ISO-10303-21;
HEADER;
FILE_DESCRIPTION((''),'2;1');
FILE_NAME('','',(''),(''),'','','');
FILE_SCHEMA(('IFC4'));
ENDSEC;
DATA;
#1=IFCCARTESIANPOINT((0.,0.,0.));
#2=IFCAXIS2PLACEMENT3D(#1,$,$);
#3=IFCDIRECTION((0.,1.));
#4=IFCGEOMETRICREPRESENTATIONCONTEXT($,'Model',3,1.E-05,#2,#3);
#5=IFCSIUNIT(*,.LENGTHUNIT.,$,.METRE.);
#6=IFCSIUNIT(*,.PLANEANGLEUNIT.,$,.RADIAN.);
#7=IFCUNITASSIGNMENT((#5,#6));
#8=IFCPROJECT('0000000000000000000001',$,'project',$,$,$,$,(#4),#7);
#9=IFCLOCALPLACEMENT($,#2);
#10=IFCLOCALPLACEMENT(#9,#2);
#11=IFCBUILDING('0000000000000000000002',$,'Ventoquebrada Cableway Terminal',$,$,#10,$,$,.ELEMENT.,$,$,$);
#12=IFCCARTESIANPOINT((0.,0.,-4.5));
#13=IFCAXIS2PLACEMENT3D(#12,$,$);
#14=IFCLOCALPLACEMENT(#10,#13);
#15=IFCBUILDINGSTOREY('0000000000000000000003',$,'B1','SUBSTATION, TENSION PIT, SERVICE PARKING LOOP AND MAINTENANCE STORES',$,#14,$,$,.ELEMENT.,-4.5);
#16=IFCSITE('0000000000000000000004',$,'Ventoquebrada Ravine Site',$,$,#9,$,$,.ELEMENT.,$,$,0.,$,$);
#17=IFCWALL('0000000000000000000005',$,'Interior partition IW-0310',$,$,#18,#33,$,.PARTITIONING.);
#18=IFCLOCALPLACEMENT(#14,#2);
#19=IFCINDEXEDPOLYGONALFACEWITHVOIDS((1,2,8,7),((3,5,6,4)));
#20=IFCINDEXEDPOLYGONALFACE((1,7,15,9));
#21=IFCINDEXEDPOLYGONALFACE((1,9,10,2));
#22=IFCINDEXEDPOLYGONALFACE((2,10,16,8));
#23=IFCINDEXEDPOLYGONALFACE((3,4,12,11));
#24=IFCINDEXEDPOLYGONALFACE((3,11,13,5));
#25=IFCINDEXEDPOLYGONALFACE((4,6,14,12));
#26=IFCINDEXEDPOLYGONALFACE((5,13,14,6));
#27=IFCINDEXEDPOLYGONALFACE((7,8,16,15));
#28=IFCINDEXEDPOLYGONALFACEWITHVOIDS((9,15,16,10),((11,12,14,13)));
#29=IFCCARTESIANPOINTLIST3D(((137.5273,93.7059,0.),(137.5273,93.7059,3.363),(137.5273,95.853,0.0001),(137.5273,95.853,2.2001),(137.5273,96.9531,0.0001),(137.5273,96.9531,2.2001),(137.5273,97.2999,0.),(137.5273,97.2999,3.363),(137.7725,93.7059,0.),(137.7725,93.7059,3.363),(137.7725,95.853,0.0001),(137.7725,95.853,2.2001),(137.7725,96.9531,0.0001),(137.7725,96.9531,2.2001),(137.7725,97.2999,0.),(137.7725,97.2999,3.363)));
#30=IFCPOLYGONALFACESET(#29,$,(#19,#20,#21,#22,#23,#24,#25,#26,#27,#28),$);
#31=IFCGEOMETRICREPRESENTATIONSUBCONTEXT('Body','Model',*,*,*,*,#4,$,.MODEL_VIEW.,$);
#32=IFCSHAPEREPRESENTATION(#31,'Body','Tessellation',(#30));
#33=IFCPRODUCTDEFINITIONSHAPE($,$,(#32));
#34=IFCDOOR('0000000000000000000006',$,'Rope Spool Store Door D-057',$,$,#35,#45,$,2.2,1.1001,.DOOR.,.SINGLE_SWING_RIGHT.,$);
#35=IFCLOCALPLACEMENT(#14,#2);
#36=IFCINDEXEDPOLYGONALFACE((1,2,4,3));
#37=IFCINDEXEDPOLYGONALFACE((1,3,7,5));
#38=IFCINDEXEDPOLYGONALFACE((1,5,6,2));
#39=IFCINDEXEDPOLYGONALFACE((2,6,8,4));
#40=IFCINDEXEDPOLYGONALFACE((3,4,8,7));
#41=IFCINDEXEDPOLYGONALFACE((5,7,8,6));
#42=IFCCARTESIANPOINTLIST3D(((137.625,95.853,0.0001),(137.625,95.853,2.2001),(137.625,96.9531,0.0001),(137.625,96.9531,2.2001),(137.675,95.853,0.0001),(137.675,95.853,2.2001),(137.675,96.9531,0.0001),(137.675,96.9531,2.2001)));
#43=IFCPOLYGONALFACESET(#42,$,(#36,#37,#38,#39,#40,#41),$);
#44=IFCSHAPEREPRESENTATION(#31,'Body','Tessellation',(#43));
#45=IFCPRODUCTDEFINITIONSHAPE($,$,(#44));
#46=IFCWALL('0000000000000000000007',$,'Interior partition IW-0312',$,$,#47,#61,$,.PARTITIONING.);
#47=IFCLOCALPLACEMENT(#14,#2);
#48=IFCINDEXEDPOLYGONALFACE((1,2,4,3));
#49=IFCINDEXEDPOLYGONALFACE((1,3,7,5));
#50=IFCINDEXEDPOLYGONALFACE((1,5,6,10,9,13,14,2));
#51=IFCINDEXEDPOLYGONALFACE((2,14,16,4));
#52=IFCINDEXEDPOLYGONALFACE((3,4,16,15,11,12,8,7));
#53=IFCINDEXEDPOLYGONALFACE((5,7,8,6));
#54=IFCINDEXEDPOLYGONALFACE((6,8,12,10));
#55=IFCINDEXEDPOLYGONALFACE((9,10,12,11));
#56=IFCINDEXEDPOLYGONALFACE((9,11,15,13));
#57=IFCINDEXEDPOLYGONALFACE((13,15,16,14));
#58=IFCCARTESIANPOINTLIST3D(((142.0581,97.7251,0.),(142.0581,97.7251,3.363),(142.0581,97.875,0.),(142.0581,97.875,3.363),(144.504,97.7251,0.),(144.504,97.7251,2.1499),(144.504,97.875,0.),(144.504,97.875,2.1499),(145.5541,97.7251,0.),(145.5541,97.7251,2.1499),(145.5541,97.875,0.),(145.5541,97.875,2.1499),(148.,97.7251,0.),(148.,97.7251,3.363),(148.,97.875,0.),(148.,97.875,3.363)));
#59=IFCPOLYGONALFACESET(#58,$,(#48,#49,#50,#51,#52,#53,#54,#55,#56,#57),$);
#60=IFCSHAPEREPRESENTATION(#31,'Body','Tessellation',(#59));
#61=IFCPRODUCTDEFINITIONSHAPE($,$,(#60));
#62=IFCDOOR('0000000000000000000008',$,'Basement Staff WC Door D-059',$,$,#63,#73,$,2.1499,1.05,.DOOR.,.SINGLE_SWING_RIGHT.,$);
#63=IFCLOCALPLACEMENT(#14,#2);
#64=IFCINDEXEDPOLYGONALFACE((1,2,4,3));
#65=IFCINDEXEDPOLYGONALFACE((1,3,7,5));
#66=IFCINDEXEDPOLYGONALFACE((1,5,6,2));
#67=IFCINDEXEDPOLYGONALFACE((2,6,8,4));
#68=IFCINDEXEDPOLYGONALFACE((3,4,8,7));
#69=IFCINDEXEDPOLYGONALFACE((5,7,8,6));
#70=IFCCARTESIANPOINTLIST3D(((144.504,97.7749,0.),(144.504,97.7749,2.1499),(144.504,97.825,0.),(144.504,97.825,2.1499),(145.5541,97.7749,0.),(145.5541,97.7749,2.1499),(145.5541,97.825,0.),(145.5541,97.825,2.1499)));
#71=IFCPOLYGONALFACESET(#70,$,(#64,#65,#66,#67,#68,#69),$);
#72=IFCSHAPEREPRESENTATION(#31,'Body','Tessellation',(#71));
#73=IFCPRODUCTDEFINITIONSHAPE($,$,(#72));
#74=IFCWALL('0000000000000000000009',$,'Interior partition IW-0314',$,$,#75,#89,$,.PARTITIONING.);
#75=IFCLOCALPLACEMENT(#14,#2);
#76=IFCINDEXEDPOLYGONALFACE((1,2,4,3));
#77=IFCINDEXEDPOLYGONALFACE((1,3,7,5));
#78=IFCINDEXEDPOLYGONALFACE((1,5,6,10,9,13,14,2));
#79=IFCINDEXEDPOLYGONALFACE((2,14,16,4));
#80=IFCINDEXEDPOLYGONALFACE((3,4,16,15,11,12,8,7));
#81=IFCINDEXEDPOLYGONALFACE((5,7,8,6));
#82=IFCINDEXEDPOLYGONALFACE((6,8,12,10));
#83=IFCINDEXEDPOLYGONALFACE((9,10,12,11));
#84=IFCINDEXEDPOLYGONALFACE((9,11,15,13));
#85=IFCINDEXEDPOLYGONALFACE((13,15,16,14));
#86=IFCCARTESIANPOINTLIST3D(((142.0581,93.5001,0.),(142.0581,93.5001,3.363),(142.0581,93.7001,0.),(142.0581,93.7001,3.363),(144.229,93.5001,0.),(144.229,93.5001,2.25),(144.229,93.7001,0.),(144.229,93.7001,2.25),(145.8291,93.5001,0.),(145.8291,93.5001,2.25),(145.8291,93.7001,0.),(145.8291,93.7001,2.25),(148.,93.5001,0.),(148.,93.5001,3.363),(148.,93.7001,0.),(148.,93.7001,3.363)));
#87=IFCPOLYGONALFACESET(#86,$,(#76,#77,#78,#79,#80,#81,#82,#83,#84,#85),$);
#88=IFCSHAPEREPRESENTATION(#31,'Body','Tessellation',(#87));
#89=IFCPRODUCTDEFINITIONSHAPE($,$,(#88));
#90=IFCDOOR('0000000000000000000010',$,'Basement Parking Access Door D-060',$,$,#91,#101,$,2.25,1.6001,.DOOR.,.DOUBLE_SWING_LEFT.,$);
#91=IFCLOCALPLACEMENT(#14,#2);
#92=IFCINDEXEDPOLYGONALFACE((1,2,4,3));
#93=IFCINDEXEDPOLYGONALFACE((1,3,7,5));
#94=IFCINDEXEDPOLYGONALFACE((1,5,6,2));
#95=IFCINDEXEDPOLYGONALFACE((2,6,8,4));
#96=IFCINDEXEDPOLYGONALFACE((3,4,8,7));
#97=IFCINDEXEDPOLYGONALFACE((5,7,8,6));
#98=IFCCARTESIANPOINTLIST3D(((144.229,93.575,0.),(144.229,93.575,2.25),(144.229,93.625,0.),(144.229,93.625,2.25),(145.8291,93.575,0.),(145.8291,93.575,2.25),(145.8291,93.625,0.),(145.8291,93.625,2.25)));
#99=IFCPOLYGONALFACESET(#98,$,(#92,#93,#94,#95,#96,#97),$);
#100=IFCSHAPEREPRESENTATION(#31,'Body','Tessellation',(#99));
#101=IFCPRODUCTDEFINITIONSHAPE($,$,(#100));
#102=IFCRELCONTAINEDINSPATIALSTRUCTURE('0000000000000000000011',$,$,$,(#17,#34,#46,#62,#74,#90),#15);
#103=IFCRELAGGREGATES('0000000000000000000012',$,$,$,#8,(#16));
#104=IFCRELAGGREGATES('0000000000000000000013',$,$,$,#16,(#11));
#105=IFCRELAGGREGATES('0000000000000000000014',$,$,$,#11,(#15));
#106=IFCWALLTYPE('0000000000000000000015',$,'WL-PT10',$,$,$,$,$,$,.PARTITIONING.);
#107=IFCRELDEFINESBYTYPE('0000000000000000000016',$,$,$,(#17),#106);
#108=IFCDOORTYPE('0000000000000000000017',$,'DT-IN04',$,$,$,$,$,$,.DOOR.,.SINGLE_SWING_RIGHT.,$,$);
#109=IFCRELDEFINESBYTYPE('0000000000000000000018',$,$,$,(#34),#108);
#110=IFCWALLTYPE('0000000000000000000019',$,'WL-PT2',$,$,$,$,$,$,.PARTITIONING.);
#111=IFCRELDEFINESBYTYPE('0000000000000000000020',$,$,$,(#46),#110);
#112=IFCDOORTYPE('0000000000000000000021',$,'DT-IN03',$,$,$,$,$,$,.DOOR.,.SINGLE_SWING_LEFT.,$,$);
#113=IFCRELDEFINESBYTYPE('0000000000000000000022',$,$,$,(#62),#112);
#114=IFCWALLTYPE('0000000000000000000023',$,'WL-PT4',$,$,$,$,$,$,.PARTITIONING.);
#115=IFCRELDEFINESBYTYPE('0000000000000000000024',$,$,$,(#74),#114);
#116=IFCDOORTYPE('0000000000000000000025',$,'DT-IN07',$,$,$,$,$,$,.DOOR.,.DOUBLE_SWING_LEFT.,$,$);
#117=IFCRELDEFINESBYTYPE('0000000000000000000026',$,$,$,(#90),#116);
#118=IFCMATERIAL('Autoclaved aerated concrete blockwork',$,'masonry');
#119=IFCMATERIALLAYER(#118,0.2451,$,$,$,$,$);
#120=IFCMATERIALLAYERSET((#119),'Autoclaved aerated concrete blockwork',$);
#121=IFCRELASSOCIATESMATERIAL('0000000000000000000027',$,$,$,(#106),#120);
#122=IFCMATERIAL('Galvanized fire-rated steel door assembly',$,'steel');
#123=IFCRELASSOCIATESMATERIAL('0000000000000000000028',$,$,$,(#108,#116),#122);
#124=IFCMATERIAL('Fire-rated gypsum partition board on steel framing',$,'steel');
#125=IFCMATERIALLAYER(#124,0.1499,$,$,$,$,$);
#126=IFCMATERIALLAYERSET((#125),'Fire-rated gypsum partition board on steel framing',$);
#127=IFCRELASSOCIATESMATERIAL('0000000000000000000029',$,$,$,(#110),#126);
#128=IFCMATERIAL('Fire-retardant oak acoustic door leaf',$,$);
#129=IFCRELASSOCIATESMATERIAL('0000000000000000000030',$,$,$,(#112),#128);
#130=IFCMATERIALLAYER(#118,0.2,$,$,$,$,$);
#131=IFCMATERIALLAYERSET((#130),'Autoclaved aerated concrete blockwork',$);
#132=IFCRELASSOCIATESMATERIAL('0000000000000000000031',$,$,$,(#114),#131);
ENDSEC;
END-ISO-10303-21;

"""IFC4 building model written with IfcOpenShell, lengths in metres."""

from ifc_helpers import new_model, si_unit, direction, frame, frame_2d, origin, place, context, subcontext, project, spatial, rectangle, extrude, material, layer, layer_set, type_object, element, fill, save


model = new_model("IFC4")

# Units and contexts
model_context = context("Model", 3, precision=1e-05, world=origin(), true_north=direction((0.0, 1.0)))
body_context = subcontext(model_context, "Body", "Model", "MODEL_VIEW")
ifc_project = project(units=[si_unit("LENGTHUNIT", "METRE"), si_unit("PLANEANGLEUNIT", "RADIAN")], contexts=[model_context])

# Site, building, storey
site_placement = place(None, origin())
site = spatial("IfcSite", under=ifc_project, at=site_placement, Name="Ventoquebrada Ravine Site", CompositionType="ELEMENT", RefElevation=0.0)
building_placement = place(site_placement, origin())
building = spatial("IfcBuilding", under=site, at=building_placement, Name="Ventoquebrada Cableway Terminal", CompositionType="ELEMENT")
storey_placement = place(building_placement, frame((0.0, 0.0, -4.5)))
storey = spatial("IfcBuildingStorey", under=building, at=storey_placement, Name="B1", Description="SUBSTATION, TENSION PIT, SERVICE PARKING LOOP AND MAINTENANCE STORES", CompositionType="ELEMENT", Elevation=-4.5)

# Shared definitions
ifc_material_1 = material(Name="Galvanized fire-rated steel door assembly", Category="steel")

# Walls, openings, doors
ifc_material_2 = material(Name="Fire-rated gypsum partition board on steel framing", Category="steel")
ifc_material_3 = material(Name="Autoclaved aerated concrete blockwork", Category="masonry")
ifc_layer_1 = layer(ifc_material_3, 0.2451)
ifc_layer_set_1 = layer_set([ifc_layer_1], Name="Autoclaved aerated concrete blockwork")
wall_type_1 = type_object("IfcWallType", Name="WL-PT10", PredefinedType="PARTITIONING", material=ifc_layer_set_1)
wall_1_placement = place(storey_placement, frame((137.6499, 93.7061, 0.0), z_axis=(0.0, 0.0, 1.0), x_axis=(0.0, 1.0, 0.0)))
wall_1 = element("IfcWall", 1, at=wall_1_placement, inside=storey, type_object=wall_type_1, Name="Interior partition IW-0310", PredefinedType="PARTITIONING", context=body_context, shape_type="SweptSolid", body=[
    extrude(rectangle(XDim=3.594, YDim=0.2451, at=frame_2d((1.7969, 0.0))), origin(), (0.0, 0.0, 1.0), 3.363),
])
opening_1_placement = place(wall_1_placement, frame((2.147, 0.0, 0.0)))
opening_1 = element("IfcOpeningElement", 2, at=opening_1_placement, cuts=wall_1, PredefinedType="OPENING", context=body_context, shape_type="SweptSolid", body=[
    extrude(rectangle(XDim=1.1001, YDim=2.2, at=frame_2d((0.55, 1.1001))), frame((0.0, 0.1326, 0.0), z_axis=(0.0, -1.0, 0.0), x_axis=(1.0, 0.0, 0.0)), (0.0, 0.0, 1.0), 0.2651),
])
door_type_1 = type_object("IfcDoorType", Name="DT-IN04", OperationType="SINGLE_SWING_RIGHT", PredefinedType="DOOR", material=ifc_material_1)
door_1_placement = place(opening_1_placement, origin())
door_1 = element("IfcDoor", 3, at=door_1_placement, inside=storey, type_object=door_type_1, Name="Rope Spool Store Door D-057", OperationType="SINGLE_SWING_RIGHT", OverallHeight=2.2, OverallWidth=1.1001, PredefinedType="DOOR", context=body_context, shape_type="SweptSolid", body=[
    extrude(rectangle(XDim=1.1001, YDim=2.2, at=frame_2d((0.55, 1.1001))), frame((0.0, 0.0249, 0.0), z_axis=(0.0, -1.0, 0.0), x_axis=(1.0, 0.0, 0.0)), (0.0, 0.0, 1.0), 0.05),
])
fill(opening_1, door_1)
ifc_layer_2 = layer(ifc_material_2, 0.1499)
ifc_layer_set_2 = layer_set([ifc_layer_2], Name="Fire-rated gypsum partition board on steel framing")
wall_type_2 = type_object("IfcWallType", Name="WL-PT2", PredefinedType="PARTITIONING", material=ifc_layer_set_2)
wall_2_placement = place(storey_placement, frame((142.0581, 97.8, 0.0), z_axis=(0.0, 0.0, 1.0), x_axis=(1.0, 0.0, 0.0)))
wall_2 = element("IfcWall", 4, at=wall_2_placement, inside=storey, type_object=wall_type_2, Name="Interior partition IW-0312", PredefinedType="PARTITIONING", context=body_context, shape_type="SweptSolid", body=[
    extrude(rectangle(XDim=5.9419, YDim=0.1499, at=frame_2d((2.9709, 0.0))), origin(), (0.0, 0.0, 1.0), 3.363),
])
opening_2_placement = place(wall_2_placement, frame((2.446, 0.0, 0.0)))
opening_2 = element("IfcOpeningElement", 5, at=opening_2_placement, cuts=wall_2, PredefinedType="OPENING", context=body_context, shape_type="SweptSolid", body=[
    extrude(rectangle(XDim=1.05, YDim=2.1499, at=frame_2d((0.5249, 1.075))), frame((0.0, 0.085, 0.0), z_axis=(0.0, -1.0, 0.0), x_axis=(1.0, 0.0, 0.0)), (0.0, 0.0, 1.0), 0.1699),
])
ifc_material_4 = material(Name="Fire-retardant oak acoustic door leaf")
door_type_2 = type_object("IfcDoorType", Name="DT-IN03", OperationType="SINGLE_SWING_LEFT", PredefinedType="DOOR", material=ifc_material_4)
door_2_placement = place(opening_2_placement, origin())
door_2 = element("IfcDoor", 6, at=door_2_placement, inside=storey, type_object=door_type_2, Name="Basement Staff WC Door D-059", OperationType="SINGLE_SWING_RIGHT", OverallHeight=2.1499, OverallWidth=1.05, PredefinedType="DOOR", context=body_context, shape_type="SweptSolid", body=[
    extrude(rectangle(XDim=1.05, YDim=2.1499, at=frame_2d((0.5249, 1.075))), frame((0.0, 0.0249, 0.0), z_axis=(0.0, -1.0, 0.0), x_axis=(1.0, 0.0, 0.0)), (0.0, 0.0, 1.0), 0.05),
])
fill(opening_2, door_2)
ifc_layer_3 = layer(ifc_material_3, 0.2)
ifc_layer_set_3 = layer_set([ifc_layer_3], Name="Autoclaved aerated concrete blockwork")
wall_type_3 = type_object("IfcWallType", Name="WL-PT4", PredefinedType="PARTITIONING", material=ifc_layer_set_3)
wall_3_placement = place(storey_placement, frame((142.0581, 93.6001, 0.0), z_axis=(0.0, 0.0, 1.0), x_axis=(1.0, 0.0, 0.0)))
wall_3 = element("IfcWall", 7, at=wall_3_placement, inside=storey, type_object=wall_type_3, Name="Interior partition IW-0314", PredefinedType="PARTITIONING", context=body_context, shape_type="SweptSolid", body=[
    extrude(rectangle(XDim=5.9419, YDim=0.2, at=frame_2d((2.9709, 0.0))), origin(), (0.0, 0.0, 1.0), 3.363),
])
opening_3_placement = place(wall_3_placement, frame((2.1709, 0.0, 0.0)))
opening_3 = element("IfcOpeningElement", 8, at=opening_3_placement, cuts=wall_3, PredefinedType="OPENING", context=body_context, shape_type="SweptSolid", body=[
    extrude(rectangle(XDim=1.6001, YDim=2.25, at=frame_2d((0.8, 1.125))), frame((0.0, 0.1099, 0.0), z_axis=(0.0, -1.0, 0.0), x_axis=(1.0, 0.0, 0.0)), (0.0, 0.0, 1.0), 0.22),
])
door_type_3 = type_object("IfcDoorType", Name="DT-IN07", OperationType="DOUBLE_SWING_LEFT", PredefinedType="DOOR", material=ifc_material_1)
door_3_placement = place(opening_3_placement, origin())
door_3 = element("IfcDoor", 9, at=door_3_placement, inside=storey, type_object=door_type_3, Name="Basement Parking Access Door D-060", OperationType="DOUBLE_SWING_LEFT", OverallHeight=2.25, OverallWidth=1.6001, PredefinedType="DOOR", context=body_context, shape_type="SweptSolid", body=[
    extrude(rectangle(XDim=1.6001, YDim=2.25, at=frame_2d((0.8, 1.125))), frame((0.0, 0.0249, 0.0), z_axis=(0.0, -1.0, 0.0), x_axis=(1.0, 0.0, 0.0)), (0.0, 0.0, 1.0), 0.05),
])
fill(opening_3, door_3)

save(model, "model.ifc")
